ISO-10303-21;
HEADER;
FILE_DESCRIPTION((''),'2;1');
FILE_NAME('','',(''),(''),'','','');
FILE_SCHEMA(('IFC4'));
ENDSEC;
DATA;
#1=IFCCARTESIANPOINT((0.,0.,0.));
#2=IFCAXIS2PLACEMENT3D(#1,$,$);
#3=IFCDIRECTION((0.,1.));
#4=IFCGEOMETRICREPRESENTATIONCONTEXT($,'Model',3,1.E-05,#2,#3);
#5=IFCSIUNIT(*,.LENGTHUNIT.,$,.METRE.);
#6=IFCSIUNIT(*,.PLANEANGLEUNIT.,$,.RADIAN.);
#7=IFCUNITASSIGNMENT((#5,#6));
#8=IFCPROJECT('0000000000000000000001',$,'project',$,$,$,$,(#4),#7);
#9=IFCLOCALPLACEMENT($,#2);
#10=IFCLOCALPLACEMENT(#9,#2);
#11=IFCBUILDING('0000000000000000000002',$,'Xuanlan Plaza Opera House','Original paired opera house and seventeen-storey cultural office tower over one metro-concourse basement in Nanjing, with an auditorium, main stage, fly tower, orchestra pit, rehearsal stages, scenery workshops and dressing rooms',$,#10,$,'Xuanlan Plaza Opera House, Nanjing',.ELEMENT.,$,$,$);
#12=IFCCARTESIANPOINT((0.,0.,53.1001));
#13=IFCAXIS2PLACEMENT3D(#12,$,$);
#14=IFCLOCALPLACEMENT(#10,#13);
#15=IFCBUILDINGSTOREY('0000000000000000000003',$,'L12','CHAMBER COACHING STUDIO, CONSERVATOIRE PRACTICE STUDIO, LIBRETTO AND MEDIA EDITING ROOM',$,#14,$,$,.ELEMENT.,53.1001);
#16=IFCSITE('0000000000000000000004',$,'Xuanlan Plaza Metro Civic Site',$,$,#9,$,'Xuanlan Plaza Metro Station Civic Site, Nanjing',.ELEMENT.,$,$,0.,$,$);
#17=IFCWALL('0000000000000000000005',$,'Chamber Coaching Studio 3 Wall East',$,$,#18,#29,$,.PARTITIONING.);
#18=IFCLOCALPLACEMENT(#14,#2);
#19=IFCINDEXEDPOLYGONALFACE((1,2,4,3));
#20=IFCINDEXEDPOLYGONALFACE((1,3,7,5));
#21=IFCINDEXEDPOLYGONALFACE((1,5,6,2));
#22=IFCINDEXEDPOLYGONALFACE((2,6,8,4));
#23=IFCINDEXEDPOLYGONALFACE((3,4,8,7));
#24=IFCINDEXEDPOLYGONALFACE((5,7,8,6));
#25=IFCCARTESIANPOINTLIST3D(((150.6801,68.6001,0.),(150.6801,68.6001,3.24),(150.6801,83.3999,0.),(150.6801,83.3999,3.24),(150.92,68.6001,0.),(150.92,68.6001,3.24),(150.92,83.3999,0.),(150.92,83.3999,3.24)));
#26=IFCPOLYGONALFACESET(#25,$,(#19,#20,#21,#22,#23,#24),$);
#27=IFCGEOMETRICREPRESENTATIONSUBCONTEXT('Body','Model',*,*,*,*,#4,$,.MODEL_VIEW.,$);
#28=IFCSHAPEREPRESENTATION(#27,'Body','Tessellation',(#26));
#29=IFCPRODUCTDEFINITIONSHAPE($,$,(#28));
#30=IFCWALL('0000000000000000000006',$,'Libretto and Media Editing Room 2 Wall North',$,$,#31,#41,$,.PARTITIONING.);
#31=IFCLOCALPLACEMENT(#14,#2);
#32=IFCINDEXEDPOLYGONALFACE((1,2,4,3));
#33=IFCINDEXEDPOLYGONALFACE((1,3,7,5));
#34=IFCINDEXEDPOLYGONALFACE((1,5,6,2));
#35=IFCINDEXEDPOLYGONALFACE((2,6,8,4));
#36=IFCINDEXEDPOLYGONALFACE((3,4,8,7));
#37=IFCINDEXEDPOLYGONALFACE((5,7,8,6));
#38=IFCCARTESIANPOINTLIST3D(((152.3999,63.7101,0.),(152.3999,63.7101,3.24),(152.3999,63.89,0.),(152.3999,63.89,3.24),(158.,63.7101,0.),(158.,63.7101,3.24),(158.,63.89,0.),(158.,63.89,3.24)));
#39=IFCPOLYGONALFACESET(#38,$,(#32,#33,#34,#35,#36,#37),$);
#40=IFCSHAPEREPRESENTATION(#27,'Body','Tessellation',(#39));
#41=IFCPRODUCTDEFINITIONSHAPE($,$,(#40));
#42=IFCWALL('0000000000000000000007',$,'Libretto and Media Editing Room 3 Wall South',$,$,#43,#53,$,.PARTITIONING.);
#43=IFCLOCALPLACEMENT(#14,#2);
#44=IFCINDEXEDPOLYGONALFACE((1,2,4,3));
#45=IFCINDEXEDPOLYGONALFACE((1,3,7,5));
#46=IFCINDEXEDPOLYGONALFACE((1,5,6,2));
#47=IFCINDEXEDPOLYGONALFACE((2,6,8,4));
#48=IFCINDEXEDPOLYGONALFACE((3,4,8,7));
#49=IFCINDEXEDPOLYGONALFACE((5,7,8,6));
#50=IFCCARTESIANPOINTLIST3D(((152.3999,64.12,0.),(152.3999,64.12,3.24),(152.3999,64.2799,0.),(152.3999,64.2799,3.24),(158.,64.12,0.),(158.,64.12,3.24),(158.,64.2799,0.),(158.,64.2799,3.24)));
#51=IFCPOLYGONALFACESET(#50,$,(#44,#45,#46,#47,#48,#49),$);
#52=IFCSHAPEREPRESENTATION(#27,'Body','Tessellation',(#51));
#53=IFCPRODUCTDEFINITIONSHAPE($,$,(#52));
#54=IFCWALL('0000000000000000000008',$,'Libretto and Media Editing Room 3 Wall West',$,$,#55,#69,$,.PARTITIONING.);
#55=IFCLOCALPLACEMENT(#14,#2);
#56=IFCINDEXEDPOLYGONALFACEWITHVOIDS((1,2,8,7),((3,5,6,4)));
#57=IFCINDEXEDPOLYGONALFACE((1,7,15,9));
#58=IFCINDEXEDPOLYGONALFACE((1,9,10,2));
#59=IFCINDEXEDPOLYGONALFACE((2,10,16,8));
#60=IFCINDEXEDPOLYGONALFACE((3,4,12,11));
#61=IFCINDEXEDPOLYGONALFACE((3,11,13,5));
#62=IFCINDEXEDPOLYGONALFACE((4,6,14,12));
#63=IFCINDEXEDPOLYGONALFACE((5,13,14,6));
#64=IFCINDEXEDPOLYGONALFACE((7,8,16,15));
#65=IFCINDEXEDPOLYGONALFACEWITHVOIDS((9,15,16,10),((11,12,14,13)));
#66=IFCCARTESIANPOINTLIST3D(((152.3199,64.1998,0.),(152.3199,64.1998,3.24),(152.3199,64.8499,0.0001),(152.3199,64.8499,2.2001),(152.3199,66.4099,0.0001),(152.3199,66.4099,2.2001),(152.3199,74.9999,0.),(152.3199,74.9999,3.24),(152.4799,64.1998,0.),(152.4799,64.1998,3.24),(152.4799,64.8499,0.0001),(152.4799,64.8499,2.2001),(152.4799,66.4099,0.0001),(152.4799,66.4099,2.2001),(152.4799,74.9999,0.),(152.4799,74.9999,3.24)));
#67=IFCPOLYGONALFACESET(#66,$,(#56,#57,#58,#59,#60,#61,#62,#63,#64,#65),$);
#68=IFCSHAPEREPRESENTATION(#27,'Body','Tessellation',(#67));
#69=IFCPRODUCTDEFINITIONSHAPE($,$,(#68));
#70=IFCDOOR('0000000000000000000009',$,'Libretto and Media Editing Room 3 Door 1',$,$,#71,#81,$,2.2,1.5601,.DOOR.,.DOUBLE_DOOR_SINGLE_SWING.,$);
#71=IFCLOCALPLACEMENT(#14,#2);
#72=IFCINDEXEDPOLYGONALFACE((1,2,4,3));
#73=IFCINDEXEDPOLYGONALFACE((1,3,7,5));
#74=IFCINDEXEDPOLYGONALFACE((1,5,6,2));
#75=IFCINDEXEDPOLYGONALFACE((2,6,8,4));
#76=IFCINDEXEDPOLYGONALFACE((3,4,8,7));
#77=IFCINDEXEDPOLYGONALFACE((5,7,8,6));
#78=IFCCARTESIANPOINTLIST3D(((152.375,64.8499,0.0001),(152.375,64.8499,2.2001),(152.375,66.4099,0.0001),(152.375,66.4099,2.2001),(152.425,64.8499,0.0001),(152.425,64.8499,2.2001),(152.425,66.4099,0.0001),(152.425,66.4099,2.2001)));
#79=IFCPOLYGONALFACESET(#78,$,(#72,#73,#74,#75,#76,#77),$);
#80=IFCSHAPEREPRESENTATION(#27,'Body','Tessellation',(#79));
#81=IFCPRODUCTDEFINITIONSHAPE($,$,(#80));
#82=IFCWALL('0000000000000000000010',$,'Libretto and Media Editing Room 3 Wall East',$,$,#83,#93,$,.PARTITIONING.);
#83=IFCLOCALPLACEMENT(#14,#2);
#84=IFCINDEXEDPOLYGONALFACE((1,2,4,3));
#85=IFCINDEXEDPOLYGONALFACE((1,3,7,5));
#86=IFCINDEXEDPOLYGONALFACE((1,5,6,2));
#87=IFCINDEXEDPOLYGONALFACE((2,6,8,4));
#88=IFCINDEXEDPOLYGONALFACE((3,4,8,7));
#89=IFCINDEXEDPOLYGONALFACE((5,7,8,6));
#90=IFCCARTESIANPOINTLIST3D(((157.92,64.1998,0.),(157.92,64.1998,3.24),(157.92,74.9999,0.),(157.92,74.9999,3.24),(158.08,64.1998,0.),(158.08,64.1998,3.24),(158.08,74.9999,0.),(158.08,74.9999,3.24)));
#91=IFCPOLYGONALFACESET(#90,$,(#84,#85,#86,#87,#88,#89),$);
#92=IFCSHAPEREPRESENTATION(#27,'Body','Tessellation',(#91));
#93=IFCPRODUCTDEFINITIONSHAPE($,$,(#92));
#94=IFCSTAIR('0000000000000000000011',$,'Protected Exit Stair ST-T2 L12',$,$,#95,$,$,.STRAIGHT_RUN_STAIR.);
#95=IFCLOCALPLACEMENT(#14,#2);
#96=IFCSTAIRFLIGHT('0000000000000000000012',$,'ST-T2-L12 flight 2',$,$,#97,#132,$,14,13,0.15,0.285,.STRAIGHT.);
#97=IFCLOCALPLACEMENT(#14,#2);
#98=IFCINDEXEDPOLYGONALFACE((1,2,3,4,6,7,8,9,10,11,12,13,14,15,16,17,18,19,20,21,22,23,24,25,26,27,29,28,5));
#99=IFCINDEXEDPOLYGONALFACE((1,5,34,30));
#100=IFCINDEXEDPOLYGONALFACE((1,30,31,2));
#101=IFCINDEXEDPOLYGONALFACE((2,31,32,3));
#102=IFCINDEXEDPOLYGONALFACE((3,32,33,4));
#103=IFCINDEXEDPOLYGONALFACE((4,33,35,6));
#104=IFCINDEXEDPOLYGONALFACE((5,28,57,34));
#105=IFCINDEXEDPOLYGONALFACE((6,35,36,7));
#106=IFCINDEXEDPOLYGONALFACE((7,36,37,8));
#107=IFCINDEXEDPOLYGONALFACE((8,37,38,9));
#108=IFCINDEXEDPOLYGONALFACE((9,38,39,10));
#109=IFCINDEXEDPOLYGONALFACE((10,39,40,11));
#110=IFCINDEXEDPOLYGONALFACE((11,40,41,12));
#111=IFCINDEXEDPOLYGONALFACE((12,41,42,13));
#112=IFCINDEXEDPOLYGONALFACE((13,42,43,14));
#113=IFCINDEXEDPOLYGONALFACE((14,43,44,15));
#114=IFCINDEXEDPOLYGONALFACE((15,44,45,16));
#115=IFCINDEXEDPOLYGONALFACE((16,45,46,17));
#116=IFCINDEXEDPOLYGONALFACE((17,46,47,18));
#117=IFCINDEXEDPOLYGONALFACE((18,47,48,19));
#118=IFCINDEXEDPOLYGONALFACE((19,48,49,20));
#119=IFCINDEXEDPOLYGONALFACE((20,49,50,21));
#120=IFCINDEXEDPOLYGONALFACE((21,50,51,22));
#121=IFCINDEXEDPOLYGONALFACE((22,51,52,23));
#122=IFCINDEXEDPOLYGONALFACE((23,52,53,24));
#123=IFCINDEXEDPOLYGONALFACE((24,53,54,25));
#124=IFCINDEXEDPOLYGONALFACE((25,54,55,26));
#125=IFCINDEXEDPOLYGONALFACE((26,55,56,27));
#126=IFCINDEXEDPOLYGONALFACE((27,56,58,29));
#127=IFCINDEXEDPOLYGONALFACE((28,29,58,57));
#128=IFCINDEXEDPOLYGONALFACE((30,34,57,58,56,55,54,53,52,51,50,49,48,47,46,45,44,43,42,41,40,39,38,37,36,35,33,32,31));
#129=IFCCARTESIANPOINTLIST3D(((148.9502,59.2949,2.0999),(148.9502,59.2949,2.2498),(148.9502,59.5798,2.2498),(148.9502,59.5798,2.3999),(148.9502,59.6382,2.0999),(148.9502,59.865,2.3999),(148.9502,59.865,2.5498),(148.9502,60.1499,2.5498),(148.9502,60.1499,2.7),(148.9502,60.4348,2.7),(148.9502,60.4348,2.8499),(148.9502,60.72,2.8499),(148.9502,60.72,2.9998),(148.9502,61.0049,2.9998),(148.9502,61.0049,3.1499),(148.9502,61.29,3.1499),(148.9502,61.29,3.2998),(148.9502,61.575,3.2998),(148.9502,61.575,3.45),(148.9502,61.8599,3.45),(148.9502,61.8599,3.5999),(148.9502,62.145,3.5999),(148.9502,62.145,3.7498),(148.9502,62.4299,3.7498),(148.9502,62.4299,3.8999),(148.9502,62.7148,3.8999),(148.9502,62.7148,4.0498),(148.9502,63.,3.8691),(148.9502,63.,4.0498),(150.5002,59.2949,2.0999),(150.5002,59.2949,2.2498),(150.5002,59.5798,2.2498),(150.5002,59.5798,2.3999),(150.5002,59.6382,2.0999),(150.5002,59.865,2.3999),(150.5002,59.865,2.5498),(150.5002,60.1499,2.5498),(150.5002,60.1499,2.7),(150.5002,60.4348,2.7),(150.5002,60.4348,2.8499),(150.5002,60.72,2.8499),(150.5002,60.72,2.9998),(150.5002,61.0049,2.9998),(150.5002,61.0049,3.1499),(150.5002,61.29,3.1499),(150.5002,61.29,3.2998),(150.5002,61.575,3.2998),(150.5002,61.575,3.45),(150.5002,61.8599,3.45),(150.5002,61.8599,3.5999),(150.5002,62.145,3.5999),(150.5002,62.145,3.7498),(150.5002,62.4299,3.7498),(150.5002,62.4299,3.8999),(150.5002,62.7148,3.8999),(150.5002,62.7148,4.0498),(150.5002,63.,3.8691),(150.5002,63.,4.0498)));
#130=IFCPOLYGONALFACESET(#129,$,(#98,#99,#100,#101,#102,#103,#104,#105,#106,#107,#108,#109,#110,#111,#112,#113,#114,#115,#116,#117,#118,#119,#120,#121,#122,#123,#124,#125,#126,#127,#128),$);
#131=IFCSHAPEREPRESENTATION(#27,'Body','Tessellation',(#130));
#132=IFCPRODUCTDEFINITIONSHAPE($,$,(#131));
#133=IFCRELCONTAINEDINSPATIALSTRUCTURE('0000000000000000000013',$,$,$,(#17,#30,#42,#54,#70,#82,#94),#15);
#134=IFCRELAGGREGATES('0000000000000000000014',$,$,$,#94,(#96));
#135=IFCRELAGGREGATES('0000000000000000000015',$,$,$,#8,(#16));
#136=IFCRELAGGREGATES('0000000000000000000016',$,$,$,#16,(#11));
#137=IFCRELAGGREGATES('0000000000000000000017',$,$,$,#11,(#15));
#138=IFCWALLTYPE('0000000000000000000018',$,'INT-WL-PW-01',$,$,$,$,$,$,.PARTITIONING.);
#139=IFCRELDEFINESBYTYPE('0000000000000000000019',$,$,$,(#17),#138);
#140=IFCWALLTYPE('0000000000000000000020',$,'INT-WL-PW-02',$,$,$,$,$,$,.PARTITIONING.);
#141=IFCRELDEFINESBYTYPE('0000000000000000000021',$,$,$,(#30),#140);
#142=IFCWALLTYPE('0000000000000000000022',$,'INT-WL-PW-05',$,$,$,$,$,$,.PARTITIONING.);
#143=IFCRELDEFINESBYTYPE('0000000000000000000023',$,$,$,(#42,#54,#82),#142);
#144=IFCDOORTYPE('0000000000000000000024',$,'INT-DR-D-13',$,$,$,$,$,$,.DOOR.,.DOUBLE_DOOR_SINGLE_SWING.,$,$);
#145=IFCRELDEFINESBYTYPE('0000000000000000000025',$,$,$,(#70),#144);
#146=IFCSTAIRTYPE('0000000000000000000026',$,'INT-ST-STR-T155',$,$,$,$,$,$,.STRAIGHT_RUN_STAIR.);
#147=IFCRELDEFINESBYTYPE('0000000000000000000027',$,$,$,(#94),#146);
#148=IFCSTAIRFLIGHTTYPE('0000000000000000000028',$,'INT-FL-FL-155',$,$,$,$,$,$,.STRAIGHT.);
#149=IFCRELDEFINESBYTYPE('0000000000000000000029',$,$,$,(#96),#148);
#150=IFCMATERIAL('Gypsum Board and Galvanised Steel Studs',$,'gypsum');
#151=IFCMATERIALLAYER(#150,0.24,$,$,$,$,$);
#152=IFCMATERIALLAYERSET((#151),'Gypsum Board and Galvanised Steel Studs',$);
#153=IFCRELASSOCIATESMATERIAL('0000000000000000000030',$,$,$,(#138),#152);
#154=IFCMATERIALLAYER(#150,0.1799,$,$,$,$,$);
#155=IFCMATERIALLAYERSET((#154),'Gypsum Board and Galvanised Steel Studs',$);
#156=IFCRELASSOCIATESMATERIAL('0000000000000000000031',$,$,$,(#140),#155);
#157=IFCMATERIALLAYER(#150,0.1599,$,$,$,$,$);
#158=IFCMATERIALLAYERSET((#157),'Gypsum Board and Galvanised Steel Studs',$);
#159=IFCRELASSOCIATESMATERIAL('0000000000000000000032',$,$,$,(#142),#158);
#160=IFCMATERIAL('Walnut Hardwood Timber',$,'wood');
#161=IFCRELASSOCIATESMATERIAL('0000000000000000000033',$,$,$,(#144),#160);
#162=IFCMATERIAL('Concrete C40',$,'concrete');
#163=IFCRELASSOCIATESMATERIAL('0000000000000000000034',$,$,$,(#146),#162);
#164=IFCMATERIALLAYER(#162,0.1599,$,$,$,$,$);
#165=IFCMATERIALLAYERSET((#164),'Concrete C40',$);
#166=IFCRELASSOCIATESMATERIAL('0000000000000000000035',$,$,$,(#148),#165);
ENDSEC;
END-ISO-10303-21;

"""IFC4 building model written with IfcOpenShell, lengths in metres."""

from ifc_helpers import new_model, si_unit, direction, frame, frame_2d, origin, place, context, subcontext, project, spatial, polyline, rectangle, outline, extrude, material, layer, layer_set, type_object, element, fill, aggregate, save


model = new_model("IFC4")

# Units and contexts
model_context = context("Model", 3, precision=1e-05, world=origin(), true_north=direction((0.0, 1.0)))
body_context = subcontext(model_context, "Body", "Model", "MODEL_VIEW")
ifc_project = project(units=[si_unit("LENGTHUNIT", "METRE"), si_unit("PLANEANGLEUNIT", "RADIAN")], contexts=[model_context])

# Site, building, storey
site_placement = place(None, origin())
site = spatial("IfcSite", under=ifc_project, at=site_placement, Name="Xuanlan Plaza Metro Civic Site", LongName="Xuanlan Plaza Metro Station Civic Site, Nanjing", CompositionType="ELEMENT", RefElevation=0.0)
building_placement = place(site_placement, origin())
building = spatial("IfcBuilding", under=site, at=building_placement, Name="Xuanlan Plaza Opera House", Description="Original paired opera house and seventeen-storey cultural office tower over one metro-concourse basement in Nanjing, with an auditorium, main stage, fly tower, orchestra pit, rehearsal stages, scenery workshops and dressing rooms", LongName="Xuanlan Plaza Opera House, Nanjing", CompositionType="ELEMENT")
storey_placement = place(building_placement, frame((0.0, 0.0, 53.1001)))
storey = spatial("IfcBuildingStorey", under=building, at=storey_placement, Name="L12", Description="CHAMBER COACHING STUDIO, CONSERVATOIRE PRACTICE STUDIO, LIBRETTO AND MEDIA EDITING ROOM", CompositionType="ELEMENT", Elevation=53.1001)

# Shared definitions
ifc_material_1 = material(Name="Concrete C40", Category="concrete")

# Walls
ifc_material_2 = material(Name="Gypsum Board and Galvanised Steel Studs", Category="gypsum")
ifc_layer_1 = layer(ifc_material_2, 0.24)
ifc_layer_set_1 = layer_set([ifc_layer_1], Name="Gypsum Board and Galvanised Steel Studs")
wall_type_1 = type_object("IfcWallType", Name="INT-WL-PW-01", PredefinedType="PARTITIONING", material=ifc_layer_set_1)
wall_1_placement = place(storey_placement, frame((150.8, 68.6001, 0.0), z_axis=(0.0, 0.0, 1.0), x_axis=(0.0, 1.0, 0.0)))
element("IfcWall", 1, at=wall_1_placement, inside=storey, type_object=wall_type_1, Name="Chamber Coaching Studio 3 Wall East", PredefinedType="PARTITIONING", context=body_context, shape_type="SweptSolid", body=[
    extrude(rectangle(XDim=14.7998, YDim=0.24, at=frame_2d((7.3999, 0.0))), origin(), (0.0, 0.0, 1.0), 3.24),
])
ifc_layer_2 = layer(ifc_material_2, 0.1799)
ifc_layer_set_2 = layer_set([ifc_layer_2], Name="Gypsum Board and Galvanised Steel Studs")
wall_type_2 = type_object("IfcWallType", Name="INT-WL-PW-02", PredefinedType="PARTITIONING", material=ifc_layer_set_2)
wall_2_placement = place(storey_placement, frame((152.3999, 63.8, 0.0), z_axis=(0.0, 0.0, 1.0), x_axis=(1.0, 0.0, 0.0)))
element("IfcWall", 2, at=wall_2_placement, inside=storey, type_object=wall_type_2, Name="Libretto and Media Editing Room 2 Wall North", PredefinedType="PARTITIONING", context=body_context, shape_type="SweptSolid", body=[
    extrude(rectangle(XDim=5.6001, YDim=0.1799, at=frame_2d((2.8, 0.0))), origin(), (0.0, 0.0, 1.0), 3.24),
])
ifc_layer_3 = layer(ifc_material_2, 0.1599)
ifc_layer_set_3 = layer_set([ifc_layer_3], Name="Gypsum Board and Galvanised Steel Studs")
wall_type_3 = type_object("IfcWallType", Name="INT-WL-PW-05", PredefinedType="PARTITIONING", material=ifc_layer_set_3)
wall_3_placement = place(storey_placement, frame((152.3999, 64.2, 0.0), z_axis=(0.0, 0.0, 1.0), x_axis=(1.0, 0.0, 0.0)))
element("IfcWall", 3, at=wall_3_placement, inside=storey, type_object=wall_type_3, Name="Libretto and Media Editing Room 3 Wall South", PredefinedType="PARTITIONING", context=body_context, shape_type="SweptSolid", body=[
    extrude(rectangle(XDim=5.6001, YDim=0.1599, at=frame_2d((2.8, 0.0))), origin(), (0.0, 0.0, 1.0), 3.24),
])

# Wall, opening, door
wall_4_placement = place(storey_placement, frame((152.3999, 64.2, 0.0), z_axis=(0.0, 0.0, 1.0), x_axis=(0.0, 1.0, 0.0)))
wall_4 = element("IfcWall", 4, at=wall_4_placement, inside=storey, type_object=wall_type_3, Name="Libretto and Media Editing Room 3 Wall West", PredefinedType="PARTITIONING", context=body_context, shape_type="SweptSolid", body=[
    extrude(rectangle(XDim=10.8, YDim=0.1599, at=frame_2d((5.3999, 0.0))), origin(), (0.0, 0.0, 1.0), 3.24),
])
opening_placement = place(wall_4_placement, frame((0.6499, 0.0, 0.0)))
opening = element("IfcOpeningElement", 5, at=opening_placement, cuts=wall_4, PredefinedType="OPENING", context=body_context, shape_type="SweptSolid", body=[
    extrude(rectangle(XDim=1.5601, YDim=2.2, at=frame_2d((0.78, 1.1001))), frame((0.0, 0.0898, 0.0), z_axis=(0.0, -1.0, 0.0), x_axis=(1.0, 0.0, 0.0)), (0.0, 0.0, 1.0), 0.1799),
])
ifc_material_3 = material(Name="Walnut Hardwood Timber", Category="wood")
door_type = type_object("IfcDoorType", Name="INT-DR-D-13", OperationType="DOUBLE_DOOR_SINGLE_SWING", PredefinedType="DOOR", material=ifc_material_3)
door_placement = place(opening_placement, origin())
door = element("IfcDoor", 6, at=door_placement, inside=storey, type_object=door_type, Name="Libretto and Media Editing Room 3 Door 1", OperationType="DOUBLE_DOOR_SINGLE_SWING", OverallHeight=2.2, OverallWidth=1.5601, PredefinedType="DOOR", context=body_context, shape_type="SweptSolid", body=[
    extrude(rectangle(XDim=1.5601, YDim=2.2, at=frame_2d((0.78, 1.1001))), frame((0.0, 0.0249, 0.0), z_axis=(0.0, -1.0, 0.0), x_axis=(1.0, 0.0, 0.0)), (0.0, 0.0, 1.0), 0.05),
])
fill(opening, door)

# Wall
wall_5_placement = place(storey_placement, frame((158.0, 64.2, 0.0), z_axis=(0.0, 0.0, 1.0), x_axis=(0.0, 1.0, 0.0)))
element("IfcWall", 7, at=wall_5_placement, inside=storey, type_object=wall_type_3, Name="Libretto and Media Editing Room 3 Wall East", PredefinedType="PARTITIONING", context=body_context, shape_type="SweptSolid", body=[
    extrude(rectangle(XDim=10.8, YDim=0.1599, at=frame_2d((5.3999, 0.0))), origin(), (0.0, 0.0, 1.0), 3.24),
])

# Stair, stair flight
stair_type = type_object("IfcStairType", Name="INT-ST-STR-T155", PredefinedType="STRAIGHT_RUN_STAIR", material=ifc_material_1)
stair_placement = place(storey_placement, origin())
stair = element("IfcStair", 8, at=stair_placement, inside=storey, type_object=stair_type, Name="Protected Exit Stair ST-T2 L12", PredefinedType="STRAIGHT_RUN_STAIR")
ifc_layer_4 = layer(ifc_material_1, 0.1599)
ifc_layer_set_4 = layer_set([ifc_layer_4], Name="Concrete C40")
stair_flight_type = type_object("IfcStairFlightType", Name="INT-FL-FL-155", PredefinedType="STRAIGHT", material=ifc_layer_set_4)
stair_flight_placement = place(storey_placement, frame((149.7251, 59.2949, 2.0999), z_axis=(0.0, 0.0, 1.0), x_axis=(0.0, 1.0, 0.0)))
stair_flight = element("IfcStairFlight", 9, at=stair_flight_placement, type_object=stair_flight_type, Name="ST-T2-L12 flight 2", NumberOfRisers=14, NumberOfTreads=13, PredefinedType="STRAIGHT", RiserHeight=0.15, TreadLength=0.285, context=body_context, shape_type="SweptSolid", body=[
    extrude(outline(polyline([(0.0, 0.0), (0.0, 0.1499), (0.2849, 0.1499), (0.2849, 0.3), (0.5701, 0.3), (0.5701, 0.45), (0.855, 0.45), (0.855, 0.6001), (1.1399, 0.6001), (1.1399, 0.75), (1.425, 0.75), (1.425, 0.8999), (1.71, 0.8999), (1.71, 1.05), (1.9951, 1.05), (1.9951, 1.2), (2.28, 1.2), (2.28, 1.3501), (2.5649, 1.3501), (2.5649, 1.5), (2.8501, 1.5), (2.8501, 1.6499), (3.135, 1.6499), (3.135, 1.8), (3.4199, 1.8), (3.4199, 1.95), (3.7051, 1.95), (3.7051, 2.1001), (3.7051, 1.7693), (0.3433, 0.0), (0.0, 0.0)])), frame((0.0, 0.7749, 0.0), z_axis=(0.0, -1.0, 0.0), x_axis=(1.0, 0.0, 0.0)), (0.0, 0.0, 1.0), 1.55),
])
aggregate(stair, [stair_flight])

save(model, "model.ifc")
